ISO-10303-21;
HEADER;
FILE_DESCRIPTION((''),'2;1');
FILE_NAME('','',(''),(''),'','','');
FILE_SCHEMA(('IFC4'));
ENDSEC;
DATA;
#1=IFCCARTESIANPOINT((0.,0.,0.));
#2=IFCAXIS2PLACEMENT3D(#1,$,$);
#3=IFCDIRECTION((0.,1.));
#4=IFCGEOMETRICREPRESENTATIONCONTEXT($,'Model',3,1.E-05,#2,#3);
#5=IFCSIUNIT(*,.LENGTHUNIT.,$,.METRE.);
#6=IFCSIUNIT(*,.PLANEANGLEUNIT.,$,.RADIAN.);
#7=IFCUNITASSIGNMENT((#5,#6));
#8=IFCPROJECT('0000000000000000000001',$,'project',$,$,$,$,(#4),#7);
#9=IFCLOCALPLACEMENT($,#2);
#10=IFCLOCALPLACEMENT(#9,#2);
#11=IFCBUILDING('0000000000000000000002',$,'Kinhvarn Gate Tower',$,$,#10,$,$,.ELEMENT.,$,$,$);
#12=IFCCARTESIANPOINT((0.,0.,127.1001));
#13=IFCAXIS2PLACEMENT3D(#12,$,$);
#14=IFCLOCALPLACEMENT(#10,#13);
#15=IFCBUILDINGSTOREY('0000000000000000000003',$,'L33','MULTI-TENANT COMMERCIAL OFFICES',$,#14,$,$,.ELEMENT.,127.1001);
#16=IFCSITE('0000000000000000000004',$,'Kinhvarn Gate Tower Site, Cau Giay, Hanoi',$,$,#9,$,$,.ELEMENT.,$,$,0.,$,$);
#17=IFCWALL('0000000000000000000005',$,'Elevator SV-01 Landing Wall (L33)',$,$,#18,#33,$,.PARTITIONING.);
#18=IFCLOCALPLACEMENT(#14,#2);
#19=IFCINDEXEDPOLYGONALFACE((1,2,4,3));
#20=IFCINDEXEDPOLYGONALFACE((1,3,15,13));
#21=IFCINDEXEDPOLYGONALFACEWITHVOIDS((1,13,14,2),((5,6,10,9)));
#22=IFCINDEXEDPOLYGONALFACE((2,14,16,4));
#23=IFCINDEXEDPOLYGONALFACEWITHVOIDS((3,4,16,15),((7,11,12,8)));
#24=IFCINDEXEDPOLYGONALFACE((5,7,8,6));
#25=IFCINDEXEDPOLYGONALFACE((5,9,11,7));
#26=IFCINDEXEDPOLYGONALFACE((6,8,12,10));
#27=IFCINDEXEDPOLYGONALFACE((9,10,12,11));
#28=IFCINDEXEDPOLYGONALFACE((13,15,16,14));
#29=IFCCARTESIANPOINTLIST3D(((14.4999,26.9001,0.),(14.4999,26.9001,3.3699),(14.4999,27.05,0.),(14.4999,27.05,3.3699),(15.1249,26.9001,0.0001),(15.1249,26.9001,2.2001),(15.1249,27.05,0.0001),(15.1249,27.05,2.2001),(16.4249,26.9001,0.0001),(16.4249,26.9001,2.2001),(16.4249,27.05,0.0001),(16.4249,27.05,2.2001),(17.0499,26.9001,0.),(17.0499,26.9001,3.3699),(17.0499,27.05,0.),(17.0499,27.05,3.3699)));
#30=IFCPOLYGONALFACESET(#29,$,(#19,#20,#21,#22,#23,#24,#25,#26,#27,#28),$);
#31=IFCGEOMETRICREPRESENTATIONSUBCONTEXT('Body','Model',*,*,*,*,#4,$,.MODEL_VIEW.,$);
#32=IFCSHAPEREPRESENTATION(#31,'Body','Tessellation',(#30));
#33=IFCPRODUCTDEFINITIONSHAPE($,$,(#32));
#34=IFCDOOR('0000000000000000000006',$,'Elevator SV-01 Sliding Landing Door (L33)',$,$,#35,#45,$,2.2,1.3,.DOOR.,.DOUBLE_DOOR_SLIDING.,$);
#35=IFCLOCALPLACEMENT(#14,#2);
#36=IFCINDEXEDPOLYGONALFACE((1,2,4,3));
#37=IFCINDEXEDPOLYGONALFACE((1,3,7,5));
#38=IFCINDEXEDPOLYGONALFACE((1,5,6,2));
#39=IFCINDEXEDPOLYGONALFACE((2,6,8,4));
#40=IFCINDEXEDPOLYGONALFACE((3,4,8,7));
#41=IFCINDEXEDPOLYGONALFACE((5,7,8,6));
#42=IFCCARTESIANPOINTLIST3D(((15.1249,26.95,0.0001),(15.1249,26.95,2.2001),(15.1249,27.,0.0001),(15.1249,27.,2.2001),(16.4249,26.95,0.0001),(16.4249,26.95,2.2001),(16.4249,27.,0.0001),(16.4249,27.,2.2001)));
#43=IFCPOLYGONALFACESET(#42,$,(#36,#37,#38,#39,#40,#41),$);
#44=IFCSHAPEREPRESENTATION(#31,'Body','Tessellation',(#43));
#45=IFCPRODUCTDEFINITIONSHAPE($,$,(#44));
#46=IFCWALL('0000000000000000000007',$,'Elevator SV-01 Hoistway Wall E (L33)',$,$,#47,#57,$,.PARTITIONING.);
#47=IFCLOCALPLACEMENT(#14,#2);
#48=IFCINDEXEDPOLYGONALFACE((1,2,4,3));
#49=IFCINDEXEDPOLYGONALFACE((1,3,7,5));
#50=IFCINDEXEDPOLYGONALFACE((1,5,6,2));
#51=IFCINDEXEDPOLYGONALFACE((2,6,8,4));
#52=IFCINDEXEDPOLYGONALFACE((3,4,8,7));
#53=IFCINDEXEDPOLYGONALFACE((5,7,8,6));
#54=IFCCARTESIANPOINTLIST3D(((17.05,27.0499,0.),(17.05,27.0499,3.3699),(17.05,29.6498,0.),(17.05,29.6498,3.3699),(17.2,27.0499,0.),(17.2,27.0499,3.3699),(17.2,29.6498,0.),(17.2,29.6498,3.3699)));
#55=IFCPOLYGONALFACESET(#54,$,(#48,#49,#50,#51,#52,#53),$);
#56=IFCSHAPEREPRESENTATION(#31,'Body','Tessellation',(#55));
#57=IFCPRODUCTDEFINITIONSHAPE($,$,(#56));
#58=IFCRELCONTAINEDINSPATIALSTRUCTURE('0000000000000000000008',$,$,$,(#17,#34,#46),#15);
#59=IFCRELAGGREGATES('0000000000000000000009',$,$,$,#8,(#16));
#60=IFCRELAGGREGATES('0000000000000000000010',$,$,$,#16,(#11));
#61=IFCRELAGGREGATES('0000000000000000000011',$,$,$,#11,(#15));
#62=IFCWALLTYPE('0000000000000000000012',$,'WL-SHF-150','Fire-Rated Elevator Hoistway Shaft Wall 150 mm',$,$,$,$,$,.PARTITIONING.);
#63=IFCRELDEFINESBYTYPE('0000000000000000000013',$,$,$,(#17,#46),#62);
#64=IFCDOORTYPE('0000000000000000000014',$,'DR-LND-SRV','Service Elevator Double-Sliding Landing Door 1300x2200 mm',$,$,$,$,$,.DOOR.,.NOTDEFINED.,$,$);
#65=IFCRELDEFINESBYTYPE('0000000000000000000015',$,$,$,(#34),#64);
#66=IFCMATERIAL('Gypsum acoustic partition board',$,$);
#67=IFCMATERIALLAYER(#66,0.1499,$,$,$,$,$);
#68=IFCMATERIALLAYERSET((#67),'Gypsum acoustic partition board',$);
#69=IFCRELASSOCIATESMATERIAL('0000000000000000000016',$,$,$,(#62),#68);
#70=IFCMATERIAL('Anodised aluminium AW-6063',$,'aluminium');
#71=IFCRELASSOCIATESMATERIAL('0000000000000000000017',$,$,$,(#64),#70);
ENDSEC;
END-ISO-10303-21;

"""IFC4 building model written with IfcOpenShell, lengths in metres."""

from ifc_helpers import new_model, si_unit, direction, frame, frame_2d, origin, place, context, subcontext, project, spatial, rectangle, extrude, material, layer, layer_set, type_object, element, fill, save


model = new_model("IFC4")

# Units and contexts
model_context = context("Model", 3, precision=1e-05, world=origin(), true_north=direction((0.0, 1.0)))
body_context = subcontext(model_context, "Body", "Model", "MODEL_VIEW")
ifc_project = project(units=[si_unit("LENGTHUNIT", "METRE"), si_unit("PLANEANGLEUNIT", "RADIAN")], contexts=[model_context])

# Site, building, storey
site_placement = place(None, origin())
site = spatial("IfcSite", under=ifc_project, at=site_placement, Name="Kinhvarn Gate Tower Site, Cau Giay, Hanoi", CompositionType="ELEMENT", RefElevation=0.0)
building_placement = place(site_placement, origin())
building = spatial("IfcBuilding", under=site, at=building_placement, Name="Kinhvarn Gate Tower", CompositionType="ELEMENT")
storey_placement = place(building_placement, frame((0.0, 0.0, 127.1001)))
storey = spatial("IfcBuildingStorey", under=building, at=storey_placement, Name="L33", Description="MULTI-TENANT COMMERCIAL OFFICES", CompositionType="ELEMENT", Elevation=127.1001)

# Shared definitions
ifc_material_1 = material(Name="Anodised aluminium AW-6063", Category="aluminium")

# Shared definitions
ifc_material_2 = material(Name="Gypsum acoustic partition board")

# Shared definitions
ifc_layer_1 = layer(ifc_material_2, 0.1499)
ifc_layer_set_1 = layer_set([ifc_layer_1], Name="Gypsum acoustic partition board")
wall_type_1 = type_object("IfcWallType", Name="WL-SHF-150", Description="Fire-Rated Elevator Hoistway Shaft Wall 150 mm", PredefinedType="PARTITIONING", material=ifc_layer_set_1)

# Wall, opening, door
wall_1_placement = place(storey_placement, frame((14.5, 26.9751, 0.0), z_axis=(0.0, 0.0, 1.0), x_axis=(1.0, 0.0, 0.0)))
wall_1 = element("IfcWall", 1, at=wall_1_placement, inside=storey, type_object=wall_type_1, Name="Elevator SV-01 Landing Wall (L33)", PredefinedType="PARTITIONING", context=body_context, shape_type="SweptSolid", body=[
    extrude(rectangle(XDim=2.55, YDim=0.1499, at=frame_2d((1.2749, 0.0))), origin(), (0.0, 0.0, 1.0), 3.3699),
])
opening_1_placement = place(wall_1_placement, frame((0.625, 0.0, 0.0)))
opening_1 = element("IfcOpeningElement", 2, at=opening_1_placement, cuts=wall_1, PredefinedType="OPENING", context=body_context, shape_type="SweptSolid", body=[
    extrude(rectangle(XDim=1.3, YDim=2.2, at=frame_2d((0.6499, 1.1001))), frame((0.0, 0.085, 0.0), z_axis=(0.0, -1.0, 0.0), x_axis=(1.0, 0.0, 0.0)), (0.0, 0.0, 1.0), 0.1699),
])
door_type_1 = type_object("IfcDoorType", Name="DR-LND-SRV", Description="Service Elevator Double-Sliding Landing Door 1300x2200 mm", OperationType="NOTDEFINED", PredefinedType="DOOR", material=ifc_material_1)
door_1_placement = place(opening_1_placement, origin())
door_1 = element("IfcDoor", 3, at=door_1_placement, inside=storey, type_object=door_type_1, Name="Elevator SV-01 Sliding Landing Door (L33)", OperationType="DOUBLE_DOOR_SLIDING", OverallHeight=2.2, OverallWidth=1.3, PredefinedType="DOOR", context=body_context, shape_type="SweptSolid", body=[
    extrude(rectangle(XDim=1.3, YDim=2.2, at=frame_2d((0.6499, 1.1001))), frame((0.0, 0.0249, 0.0), z_axis=(0.0, -1.0, 0.0), x_axis=(1.0, 0.0, 0.0)), (0.0, 0.0, 1.0), 0.05),
])
fill(opening_1, door_1)

# Wall
wall_2_placement = place(storey_placement, frame((17.125, 27.05, 0.0), z_axis=(0.0, 0.0, 1.0), x_axis=(0.0, 1.0, 0.0)))
element("IfcWall", 4, at=wall_2_placement, inside=storey, type_object=wall_type_1, Name="Elevator SV-01 Hoistway Wall E (L33)", PredefinedType="PARTITIONING", context=body_context, shape_type="SweptSolid", body=[
    extrude(rectangle(XDim=2.5999, YDim=0.1499, at=frame_2d((1.2998, 0.0))), origin(), (0.0, 0.0, 1.0), 3.3699),
])

save(model, "model.ifc")
